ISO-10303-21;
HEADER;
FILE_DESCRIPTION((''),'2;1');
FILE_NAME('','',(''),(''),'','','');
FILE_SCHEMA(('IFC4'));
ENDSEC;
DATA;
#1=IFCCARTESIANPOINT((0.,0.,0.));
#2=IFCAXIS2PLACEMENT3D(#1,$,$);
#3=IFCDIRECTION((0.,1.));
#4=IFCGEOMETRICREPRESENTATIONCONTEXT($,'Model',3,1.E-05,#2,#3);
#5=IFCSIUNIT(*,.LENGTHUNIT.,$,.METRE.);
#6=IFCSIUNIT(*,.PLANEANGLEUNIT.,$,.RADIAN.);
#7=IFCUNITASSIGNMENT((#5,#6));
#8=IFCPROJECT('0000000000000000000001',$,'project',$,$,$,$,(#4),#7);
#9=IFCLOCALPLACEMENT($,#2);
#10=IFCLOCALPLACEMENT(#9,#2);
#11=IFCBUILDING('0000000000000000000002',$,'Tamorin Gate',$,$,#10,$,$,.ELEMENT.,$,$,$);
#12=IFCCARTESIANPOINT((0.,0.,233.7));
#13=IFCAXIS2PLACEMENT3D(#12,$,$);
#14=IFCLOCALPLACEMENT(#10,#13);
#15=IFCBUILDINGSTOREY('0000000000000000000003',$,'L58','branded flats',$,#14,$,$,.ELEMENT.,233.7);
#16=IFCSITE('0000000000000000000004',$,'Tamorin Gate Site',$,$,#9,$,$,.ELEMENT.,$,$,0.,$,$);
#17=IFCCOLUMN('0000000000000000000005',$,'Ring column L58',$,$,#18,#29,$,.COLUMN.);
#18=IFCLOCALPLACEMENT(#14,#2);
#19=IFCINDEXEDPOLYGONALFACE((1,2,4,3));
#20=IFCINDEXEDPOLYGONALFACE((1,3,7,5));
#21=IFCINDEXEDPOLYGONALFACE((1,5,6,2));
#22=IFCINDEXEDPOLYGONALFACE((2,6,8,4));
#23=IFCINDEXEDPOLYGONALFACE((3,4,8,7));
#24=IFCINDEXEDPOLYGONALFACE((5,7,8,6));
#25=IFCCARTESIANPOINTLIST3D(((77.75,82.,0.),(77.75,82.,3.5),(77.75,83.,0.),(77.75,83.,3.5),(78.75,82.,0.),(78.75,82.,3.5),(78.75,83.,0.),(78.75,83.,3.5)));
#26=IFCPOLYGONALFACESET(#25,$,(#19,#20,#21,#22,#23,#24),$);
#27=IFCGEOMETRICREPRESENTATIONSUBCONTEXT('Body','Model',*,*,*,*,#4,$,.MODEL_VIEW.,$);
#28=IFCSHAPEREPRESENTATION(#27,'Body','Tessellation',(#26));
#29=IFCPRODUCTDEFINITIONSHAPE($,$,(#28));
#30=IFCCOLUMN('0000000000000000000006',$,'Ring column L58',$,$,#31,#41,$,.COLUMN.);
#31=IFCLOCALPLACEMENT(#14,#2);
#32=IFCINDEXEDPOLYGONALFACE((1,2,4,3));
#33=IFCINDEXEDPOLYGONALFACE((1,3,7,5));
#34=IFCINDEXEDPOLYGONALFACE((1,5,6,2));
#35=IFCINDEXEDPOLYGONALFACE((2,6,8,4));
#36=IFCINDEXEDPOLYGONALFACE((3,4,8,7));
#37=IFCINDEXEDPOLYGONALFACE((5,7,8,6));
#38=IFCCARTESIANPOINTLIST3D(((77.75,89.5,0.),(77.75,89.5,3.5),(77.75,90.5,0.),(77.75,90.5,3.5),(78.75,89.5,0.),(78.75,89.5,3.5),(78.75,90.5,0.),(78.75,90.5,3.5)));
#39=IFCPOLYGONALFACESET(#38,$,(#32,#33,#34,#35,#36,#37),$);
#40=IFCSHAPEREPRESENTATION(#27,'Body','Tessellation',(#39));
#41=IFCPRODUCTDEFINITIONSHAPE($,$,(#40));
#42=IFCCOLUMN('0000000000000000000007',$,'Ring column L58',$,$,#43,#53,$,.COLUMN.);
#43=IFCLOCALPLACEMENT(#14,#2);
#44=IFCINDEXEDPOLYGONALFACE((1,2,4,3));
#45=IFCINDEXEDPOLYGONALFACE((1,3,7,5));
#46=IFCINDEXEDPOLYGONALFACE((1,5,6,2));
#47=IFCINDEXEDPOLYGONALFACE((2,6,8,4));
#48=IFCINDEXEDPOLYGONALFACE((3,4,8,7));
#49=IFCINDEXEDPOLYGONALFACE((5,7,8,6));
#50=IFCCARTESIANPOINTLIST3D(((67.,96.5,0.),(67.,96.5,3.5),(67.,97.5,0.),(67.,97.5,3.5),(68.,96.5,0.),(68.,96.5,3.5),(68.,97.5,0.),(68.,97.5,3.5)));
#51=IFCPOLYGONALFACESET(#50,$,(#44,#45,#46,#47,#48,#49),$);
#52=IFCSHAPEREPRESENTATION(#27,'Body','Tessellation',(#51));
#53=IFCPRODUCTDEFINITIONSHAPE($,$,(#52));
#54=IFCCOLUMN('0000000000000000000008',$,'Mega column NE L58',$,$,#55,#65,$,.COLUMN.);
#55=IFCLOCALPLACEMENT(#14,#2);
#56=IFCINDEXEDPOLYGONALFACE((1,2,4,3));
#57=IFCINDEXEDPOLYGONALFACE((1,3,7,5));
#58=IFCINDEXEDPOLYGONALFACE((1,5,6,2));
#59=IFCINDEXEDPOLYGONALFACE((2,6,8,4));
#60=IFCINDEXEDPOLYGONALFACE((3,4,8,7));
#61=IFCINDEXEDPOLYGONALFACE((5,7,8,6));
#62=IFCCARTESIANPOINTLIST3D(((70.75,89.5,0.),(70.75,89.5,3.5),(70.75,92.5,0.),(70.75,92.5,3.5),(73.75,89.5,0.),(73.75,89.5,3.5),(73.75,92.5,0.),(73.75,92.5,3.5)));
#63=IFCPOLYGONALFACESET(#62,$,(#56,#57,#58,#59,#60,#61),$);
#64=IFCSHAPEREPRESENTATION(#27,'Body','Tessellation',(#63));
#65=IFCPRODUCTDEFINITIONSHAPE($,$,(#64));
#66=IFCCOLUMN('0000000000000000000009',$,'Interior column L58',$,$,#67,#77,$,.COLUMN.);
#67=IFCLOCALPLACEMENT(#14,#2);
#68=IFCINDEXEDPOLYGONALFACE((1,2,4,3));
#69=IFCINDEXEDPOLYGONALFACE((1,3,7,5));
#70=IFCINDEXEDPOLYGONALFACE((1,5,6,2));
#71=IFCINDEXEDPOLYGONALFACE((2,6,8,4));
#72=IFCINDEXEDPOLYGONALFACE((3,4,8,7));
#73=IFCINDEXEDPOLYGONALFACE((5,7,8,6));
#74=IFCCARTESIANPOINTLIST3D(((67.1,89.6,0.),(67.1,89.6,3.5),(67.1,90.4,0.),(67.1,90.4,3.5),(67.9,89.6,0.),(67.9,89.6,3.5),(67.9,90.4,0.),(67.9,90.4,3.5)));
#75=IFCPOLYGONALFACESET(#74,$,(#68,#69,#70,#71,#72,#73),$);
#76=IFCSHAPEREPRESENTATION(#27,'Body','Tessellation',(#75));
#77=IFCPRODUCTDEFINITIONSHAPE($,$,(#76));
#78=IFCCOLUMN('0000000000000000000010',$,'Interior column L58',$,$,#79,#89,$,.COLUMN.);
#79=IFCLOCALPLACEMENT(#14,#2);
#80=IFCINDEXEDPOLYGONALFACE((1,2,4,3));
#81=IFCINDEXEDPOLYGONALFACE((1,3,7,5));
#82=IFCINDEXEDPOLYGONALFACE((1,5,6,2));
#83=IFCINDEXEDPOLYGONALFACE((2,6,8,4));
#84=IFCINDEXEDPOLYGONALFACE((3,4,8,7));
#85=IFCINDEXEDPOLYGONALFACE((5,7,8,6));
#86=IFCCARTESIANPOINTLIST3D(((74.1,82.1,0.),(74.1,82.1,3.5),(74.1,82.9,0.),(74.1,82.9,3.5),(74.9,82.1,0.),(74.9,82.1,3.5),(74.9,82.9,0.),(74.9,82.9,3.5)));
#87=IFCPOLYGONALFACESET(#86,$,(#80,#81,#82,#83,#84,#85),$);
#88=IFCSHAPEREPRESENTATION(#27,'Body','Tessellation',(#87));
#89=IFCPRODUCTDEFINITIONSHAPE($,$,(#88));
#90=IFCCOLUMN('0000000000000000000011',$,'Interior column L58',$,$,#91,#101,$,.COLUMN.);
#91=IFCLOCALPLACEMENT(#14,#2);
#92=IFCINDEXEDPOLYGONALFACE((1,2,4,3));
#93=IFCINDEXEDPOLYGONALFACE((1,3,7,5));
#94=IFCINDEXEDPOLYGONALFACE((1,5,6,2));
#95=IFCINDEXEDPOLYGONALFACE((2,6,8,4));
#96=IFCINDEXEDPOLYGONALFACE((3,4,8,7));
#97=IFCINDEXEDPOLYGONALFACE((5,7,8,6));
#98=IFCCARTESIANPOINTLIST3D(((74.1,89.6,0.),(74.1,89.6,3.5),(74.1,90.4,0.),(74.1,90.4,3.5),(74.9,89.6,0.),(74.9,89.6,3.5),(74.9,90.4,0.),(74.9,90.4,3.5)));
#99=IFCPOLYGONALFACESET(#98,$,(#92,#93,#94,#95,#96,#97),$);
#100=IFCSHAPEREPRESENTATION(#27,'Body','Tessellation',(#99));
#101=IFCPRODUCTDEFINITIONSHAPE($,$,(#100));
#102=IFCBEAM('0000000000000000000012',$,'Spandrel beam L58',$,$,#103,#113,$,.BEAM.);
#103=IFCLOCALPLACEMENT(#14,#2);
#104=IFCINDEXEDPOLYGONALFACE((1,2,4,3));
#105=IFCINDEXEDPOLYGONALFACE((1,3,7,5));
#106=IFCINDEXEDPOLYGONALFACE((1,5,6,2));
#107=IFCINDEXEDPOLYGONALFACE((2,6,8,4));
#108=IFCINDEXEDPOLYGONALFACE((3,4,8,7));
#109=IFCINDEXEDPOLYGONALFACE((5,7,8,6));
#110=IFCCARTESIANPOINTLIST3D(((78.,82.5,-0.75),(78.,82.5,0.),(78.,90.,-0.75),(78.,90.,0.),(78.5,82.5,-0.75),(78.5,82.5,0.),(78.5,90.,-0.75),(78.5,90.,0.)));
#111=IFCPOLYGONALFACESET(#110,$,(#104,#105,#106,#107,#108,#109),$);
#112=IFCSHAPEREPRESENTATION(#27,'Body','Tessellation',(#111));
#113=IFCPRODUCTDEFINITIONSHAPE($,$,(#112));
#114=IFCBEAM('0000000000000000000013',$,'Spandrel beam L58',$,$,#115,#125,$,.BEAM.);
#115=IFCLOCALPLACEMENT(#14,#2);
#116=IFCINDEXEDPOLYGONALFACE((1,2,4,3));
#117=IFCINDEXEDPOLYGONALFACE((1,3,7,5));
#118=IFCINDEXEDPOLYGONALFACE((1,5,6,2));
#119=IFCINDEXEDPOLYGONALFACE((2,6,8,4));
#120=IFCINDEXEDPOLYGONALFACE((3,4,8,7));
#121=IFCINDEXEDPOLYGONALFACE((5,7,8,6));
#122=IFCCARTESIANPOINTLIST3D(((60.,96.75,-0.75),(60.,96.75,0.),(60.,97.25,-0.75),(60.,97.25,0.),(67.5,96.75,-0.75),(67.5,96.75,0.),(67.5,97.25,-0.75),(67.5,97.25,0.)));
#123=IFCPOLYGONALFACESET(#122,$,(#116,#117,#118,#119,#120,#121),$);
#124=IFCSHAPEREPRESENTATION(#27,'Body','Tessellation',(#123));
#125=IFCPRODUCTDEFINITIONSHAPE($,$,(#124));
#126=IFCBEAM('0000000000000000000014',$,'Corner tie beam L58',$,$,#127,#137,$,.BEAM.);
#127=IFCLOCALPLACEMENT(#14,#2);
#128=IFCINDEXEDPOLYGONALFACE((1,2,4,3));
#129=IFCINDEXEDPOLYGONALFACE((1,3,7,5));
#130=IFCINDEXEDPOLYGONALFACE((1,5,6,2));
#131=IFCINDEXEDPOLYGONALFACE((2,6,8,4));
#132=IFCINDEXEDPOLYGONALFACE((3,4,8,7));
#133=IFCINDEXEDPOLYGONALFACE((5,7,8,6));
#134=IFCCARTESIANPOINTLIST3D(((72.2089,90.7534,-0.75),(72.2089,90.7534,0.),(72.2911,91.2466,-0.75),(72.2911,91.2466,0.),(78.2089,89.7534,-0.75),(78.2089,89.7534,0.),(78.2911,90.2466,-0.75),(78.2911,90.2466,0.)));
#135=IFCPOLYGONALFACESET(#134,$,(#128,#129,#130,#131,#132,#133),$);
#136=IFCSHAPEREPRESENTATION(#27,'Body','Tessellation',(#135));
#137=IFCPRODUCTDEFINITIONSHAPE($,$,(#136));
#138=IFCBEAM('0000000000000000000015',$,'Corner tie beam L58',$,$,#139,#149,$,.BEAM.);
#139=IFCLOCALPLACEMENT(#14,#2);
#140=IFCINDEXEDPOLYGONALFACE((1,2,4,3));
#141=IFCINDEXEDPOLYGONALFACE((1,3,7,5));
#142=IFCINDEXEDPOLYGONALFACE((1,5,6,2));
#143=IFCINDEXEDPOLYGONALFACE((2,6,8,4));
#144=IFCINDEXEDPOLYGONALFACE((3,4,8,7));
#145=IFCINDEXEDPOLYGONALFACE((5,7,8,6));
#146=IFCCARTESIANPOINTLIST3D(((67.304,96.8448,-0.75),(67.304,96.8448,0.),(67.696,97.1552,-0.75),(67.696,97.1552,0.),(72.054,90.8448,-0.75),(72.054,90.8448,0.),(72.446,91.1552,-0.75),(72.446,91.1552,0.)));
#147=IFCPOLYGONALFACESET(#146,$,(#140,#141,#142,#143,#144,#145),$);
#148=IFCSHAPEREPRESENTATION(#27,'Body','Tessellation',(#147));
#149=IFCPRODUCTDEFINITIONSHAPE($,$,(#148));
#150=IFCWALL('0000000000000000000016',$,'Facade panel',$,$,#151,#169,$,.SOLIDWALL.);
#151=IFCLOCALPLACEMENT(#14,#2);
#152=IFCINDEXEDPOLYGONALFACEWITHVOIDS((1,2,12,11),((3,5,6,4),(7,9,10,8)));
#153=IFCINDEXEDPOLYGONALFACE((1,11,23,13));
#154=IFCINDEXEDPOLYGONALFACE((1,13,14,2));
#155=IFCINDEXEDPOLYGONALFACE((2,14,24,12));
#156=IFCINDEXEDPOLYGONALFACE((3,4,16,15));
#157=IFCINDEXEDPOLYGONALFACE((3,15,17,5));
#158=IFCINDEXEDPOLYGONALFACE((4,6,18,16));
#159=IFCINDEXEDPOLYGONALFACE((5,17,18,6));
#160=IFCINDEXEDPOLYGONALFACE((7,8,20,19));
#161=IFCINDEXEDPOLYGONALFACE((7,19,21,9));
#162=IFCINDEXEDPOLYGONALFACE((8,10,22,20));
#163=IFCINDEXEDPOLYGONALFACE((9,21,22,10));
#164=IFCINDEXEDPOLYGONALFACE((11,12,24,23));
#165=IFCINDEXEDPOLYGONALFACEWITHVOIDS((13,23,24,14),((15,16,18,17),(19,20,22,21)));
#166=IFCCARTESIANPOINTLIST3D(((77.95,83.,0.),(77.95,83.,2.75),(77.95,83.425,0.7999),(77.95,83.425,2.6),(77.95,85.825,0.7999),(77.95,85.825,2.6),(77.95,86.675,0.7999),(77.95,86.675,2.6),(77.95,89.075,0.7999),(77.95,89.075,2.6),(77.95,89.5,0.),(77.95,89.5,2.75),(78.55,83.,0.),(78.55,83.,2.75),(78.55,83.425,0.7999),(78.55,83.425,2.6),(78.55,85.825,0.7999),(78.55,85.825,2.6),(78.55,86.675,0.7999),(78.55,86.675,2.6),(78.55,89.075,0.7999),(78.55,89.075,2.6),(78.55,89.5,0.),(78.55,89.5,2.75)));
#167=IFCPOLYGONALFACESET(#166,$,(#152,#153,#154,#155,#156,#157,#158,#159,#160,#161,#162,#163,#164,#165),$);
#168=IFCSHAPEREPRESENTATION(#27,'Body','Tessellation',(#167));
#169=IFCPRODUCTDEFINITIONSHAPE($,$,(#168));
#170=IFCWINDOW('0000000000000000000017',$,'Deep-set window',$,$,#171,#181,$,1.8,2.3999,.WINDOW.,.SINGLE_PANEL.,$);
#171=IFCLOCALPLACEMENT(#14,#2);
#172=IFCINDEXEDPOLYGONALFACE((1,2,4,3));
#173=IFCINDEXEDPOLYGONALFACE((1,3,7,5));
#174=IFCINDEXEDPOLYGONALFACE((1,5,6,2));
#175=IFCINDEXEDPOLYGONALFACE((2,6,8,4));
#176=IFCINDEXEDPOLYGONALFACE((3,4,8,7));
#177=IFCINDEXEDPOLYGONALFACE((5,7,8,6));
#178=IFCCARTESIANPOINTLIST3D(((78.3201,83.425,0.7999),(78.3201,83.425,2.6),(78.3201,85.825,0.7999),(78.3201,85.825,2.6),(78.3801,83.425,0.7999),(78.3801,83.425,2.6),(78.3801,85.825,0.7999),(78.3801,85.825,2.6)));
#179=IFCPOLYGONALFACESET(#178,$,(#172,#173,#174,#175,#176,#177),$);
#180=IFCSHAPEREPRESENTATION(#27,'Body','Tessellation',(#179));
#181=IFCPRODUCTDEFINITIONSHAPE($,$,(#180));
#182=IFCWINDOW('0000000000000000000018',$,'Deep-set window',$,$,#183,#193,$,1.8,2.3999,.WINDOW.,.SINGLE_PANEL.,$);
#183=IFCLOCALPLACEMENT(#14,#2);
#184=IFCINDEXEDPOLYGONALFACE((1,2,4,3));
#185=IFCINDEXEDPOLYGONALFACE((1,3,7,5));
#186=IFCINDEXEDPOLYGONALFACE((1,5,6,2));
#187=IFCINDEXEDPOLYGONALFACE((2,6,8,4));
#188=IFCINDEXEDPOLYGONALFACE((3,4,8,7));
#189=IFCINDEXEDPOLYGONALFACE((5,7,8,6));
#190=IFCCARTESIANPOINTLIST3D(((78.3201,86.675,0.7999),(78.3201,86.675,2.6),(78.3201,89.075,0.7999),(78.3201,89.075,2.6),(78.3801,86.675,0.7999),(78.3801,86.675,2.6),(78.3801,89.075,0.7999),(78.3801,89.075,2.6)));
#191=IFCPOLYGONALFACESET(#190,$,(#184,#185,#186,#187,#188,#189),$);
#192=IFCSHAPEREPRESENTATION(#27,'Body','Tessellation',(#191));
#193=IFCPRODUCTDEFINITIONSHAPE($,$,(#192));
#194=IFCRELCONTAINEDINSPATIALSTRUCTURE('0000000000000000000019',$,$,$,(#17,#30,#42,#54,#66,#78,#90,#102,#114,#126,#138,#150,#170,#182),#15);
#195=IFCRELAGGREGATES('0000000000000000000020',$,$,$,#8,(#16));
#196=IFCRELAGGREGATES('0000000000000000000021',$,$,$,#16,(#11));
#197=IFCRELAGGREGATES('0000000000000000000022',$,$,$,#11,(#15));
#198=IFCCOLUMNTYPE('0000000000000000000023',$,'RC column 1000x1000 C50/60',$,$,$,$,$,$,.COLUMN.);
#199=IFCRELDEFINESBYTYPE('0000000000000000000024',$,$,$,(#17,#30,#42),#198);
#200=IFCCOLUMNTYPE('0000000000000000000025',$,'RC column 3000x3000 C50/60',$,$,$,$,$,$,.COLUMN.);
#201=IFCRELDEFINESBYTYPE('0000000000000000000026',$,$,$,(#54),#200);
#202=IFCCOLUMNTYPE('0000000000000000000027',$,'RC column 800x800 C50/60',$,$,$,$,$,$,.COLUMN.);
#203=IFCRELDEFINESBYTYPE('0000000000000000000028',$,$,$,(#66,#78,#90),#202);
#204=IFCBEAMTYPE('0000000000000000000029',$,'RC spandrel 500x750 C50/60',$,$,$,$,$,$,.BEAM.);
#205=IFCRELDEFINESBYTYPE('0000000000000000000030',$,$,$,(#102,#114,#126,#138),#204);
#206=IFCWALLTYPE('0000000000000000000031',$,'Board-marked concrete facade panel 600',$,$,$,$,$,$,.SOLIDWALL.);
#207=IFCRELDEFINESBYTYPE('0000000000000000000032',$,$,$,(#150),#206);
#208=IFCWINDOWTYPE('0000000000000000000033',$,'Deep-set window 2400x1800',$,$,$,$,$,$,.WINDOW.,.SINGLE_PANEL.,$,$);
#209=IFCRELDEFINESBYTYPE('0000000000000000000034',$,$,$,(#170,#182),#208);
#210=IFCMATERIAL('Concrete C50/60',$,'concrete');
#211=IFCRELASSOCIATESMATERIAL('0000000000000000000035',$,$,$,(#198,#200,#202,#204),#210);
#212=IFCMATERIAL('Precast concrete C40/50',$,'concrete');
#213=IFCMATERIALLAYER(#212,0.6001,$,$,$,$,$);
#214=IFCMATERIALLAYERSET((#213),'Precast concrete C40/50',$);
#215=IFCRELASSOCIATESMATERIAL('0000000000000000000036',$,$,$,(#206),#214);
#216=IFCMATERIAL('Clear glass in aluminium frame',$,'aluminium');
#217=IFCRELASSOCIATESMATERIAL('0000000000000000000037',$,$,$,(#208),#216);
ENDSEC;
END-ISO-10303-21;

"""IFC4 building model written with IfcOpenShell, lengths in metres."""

from ifc_helpers import new_model, si_unit, direction, frame, frame_2d, origin, origin_2d, place, context, subcontext, project, spatial, rectangle, extrude, material, layer, layer_set, material_profile, profile_set, type_object, element, fill, save


model = new_model("IFC4")

# Units and contexts
model_context = context("Model", 3, precision=1e-05, world=origin(), true_north=direction((0.0, 1.0)))
body_context = subcontext(model_context, "Body", "Model", "MODEL_VIEW")
ifc_project = project(units=[si_unit("LENGTHUNIT", "METRE"), si_unit("PLANEANGLEUNIT", "RADIAN")], contexts=[model_context])

# Site, building, storey
site_placement = place(None, origin())
site = spatial("IfcSite", under=ifc_project, at=site_placement, Name="Tamorin Gate Site", CompositionType="ELEMENT", RefElevation=0.0)
building_placement = place(site_placement, origin())
building = spatial("IfcBuilding", under=site, at=building_placement, Name="Tamorin Gate", CompositionType="ELEMENT")
storey_placement = place(building_placement, frame((0.0, 0.0, 233.7)))
storey = spatial("IfcBuildingStorey", under=building, at=storey_placement, Name="L58", Description="branded flats", CompositionType="ELEMENT", Elevation=233.7)

# Columns
ifc_material_1 = material(Name="Concrete C50/60", Category="concrete")
ifc_material_profile_1 = material_profile(ifc_material_1, rectangle(XDim=1.0, YDim=1.0, at=origin_2d()), Name="RC 1000x1000")
ifc_profile_set_1 = profile_set([ifc_material_profile_1], Name="Concrete C50/60")
column_type_1 = type_object("IfcColumnType", Name="RC column 1000x1000 C50/60", PredefinedType="COLUMN", material=ifc_profile_set_1)
for number, where, z_axis, x_axis, name in (
    (1, (78.25, 82.5, 0.0), (0.0, 0.0, 1.0), (1.0, 0.0, 0.0), "Ring column L58"),
    (2, (78.25, 90.0, 0.0), (0.0, 0.0, 1.0), (1.0, 0.0, 0.0), "Ring column L58"),
    (3, (67.5, 97.0, 0.0), (0.0, 0.0, 1.0), (1.0, 0.0, 0.0), "Ring column L58"),
):
    element("IfcColumn", number, at=place(storey_placement, frame(where, z_axis=z_axis, x_axis=x_axis)), inside=storey, type_object=column_type_1, Name=name, PredefinedType="COLUMN", context=body_context, shape_type="SweptSolid", body=[
        extrude(rectangle(XDim=1.0, YDim=1.0, at=origin_2d()), origin(), (0.0, 0.0, 1.0), 3.5),
    ])
ifc_material_profile_2 = material_profile(ifc_material_1, rectangle(XDim=3.0, YDim=3.0, at=origin_2d()), Name="RC 3000x3000")
ifc_profile_set_2 = profile_set([ifc_material_profile_2], Name="Concrete C50/60")
column_type_2 = type_object("IfcColumnType", Name="RC column 3000x3000 C50/60", PredefinedType="COLUMN", material=ifc_profile_set_2)
column_placement = place(storey_placement, frame((72.25, 91.0, 0.0), z_axis=(0.0, 0.0, 1.0), x_axis=(1.0, 0.0, 0.0)))
element("IfcColumn", 4, at=column_placement, inside=storey, type_object=column_type_2, Name="Mega column NE L58", PredefinedType="COLUMN", context=body_context, shape_type="SweptSolid", body=[
    extrude(rectangle(XDim=3.0, YDim=3.0, at=origin_2d()), origin(), (0.0, 0.0, 1.0), 3.5),
])
ifc_material_profile_3 = material_profile(ifc_material_1, rectangle(XDim=0.8, YDim=0.8, at=origin_2d()), Name="RC 800x800")
ifc_profile_set_3 = profile_set([ifc_material_profile_3], Name="Concrete C50/60")
column_type_3 = type_object("IfcColumnType", Name="RC column 800x800 C50/60", PredefinedType="COLUMN", material=ifc_profile_set_3)
for number, where, z_axis, x_axis, name in (
    (5, (67.5, 90.0, 0.0), (0.0, 0.0, 1.0), (1.0, 0.0, 0.0), "Interior column L58"),
    (6, (74.5, 82.5, 0.0), (0.0, 0.0, 1.0), (1.0, 0.0, 0.0), "Interior column L58"),
    (7, (74.5, 90.0, 0.0), (0.0, 0.0, 1.0), (1.0, 0.0, 0.0), "Interior column L58"),
):
    element("IfcColumn", number, at=place(storey_placement, frame(where, z_axis=z_axis, x_axis=x_axis)), inside=storey, type_object=column_type_3, Name=name, PredefinedType="COLUMN", context=body_context, shape_type="SweptSolid", body=[
        extrude(rectangle(XDim=0.8, YDim=0.8, at=origin_2d()), origin(), (0.0, 0.0, 1.0), 3.5),
    ])

# Beams
ifc_material_profile_4 = material_profile(ifc_material_1, rectangle(XDim=0.5, YDim=0.75, at=origin_2d()), Name="RC 500x750")
ifc_profile_set_4 = profile_set([ifc_material_profile_4], Name="Concrete C50/60")
beam_type = type_object("IfcBeamType", Name="RC spandrel 500x750 C50/60", PredefinedType="BEAM", material=ifc_profile_set_4)
for number, where, z_axis, x_axis, name in (
    (8, (78.25, 82.5, -0.375), (0.0, 1.0, 0.0), (-1.0, 0.0, 0.0), "Spandrel beam L58"),
    (9, (67.5, 97.0, -0.375), (-1.0, 0.0, 0.0), (0.0, -1.0, 0.0), "Spandrel beam L58"),
):
    element("IfcBeam", number, at=place(storey_placement, frame(where, z_axis=z_axis, x_axis=x_axis)), inside=storey, type_object=beam_type, Name=name, PredefinedType="BEAM", context=body_context, shape_type="SweptSolid", body=[
        extrude(rectangle(XDim=0.5, YDim=0.75, at=origin_2d()), origin(), (0.0, 0.0, 1.0), 7.5),
    ])
beam_1_placement = place(storey_placement, frame((72.25, 91.0, -0.375), z_axis=(0.986394, -0.164399, 0.0), x_axis=(0.164399, 0.986394, 0.0)))
element("IfcBeam", 10, at=beam_1_placement, inside=storey, type_object=beam_type, Name="Corner tie beam L58", PredefinedType="BEAM", context=body_context, shape_type="SweptSolid", body=[
    extrude(rectangle(XDim=0.5, YDim=0.75, at=origin_2d()), origin(), (0.0, 0.0, 1.0), 6.0828),
])
beam_2_placement = place(storey_placement, frame((72.25, 91.0, -0.375), z_axis=(-0.620703, 0.784046, 0.0), x_axis=(-0.784046, -0.620703, 0.0)))
element("IfcBeam", 11, at=beam_2_placement, inside=storey, type_object=beam_type, Name="Corner tie beam L58", PredefinedType="BEAM", context=body_context, shape_type="SweptSolid", body=[
    extrude(rectangle(XDim=0.5, YDim=0.75, at=origin_2d()), origin(), (0.0, 0.0, 1.0), 7.6526),
])

# Wall, openings, windows
ifc_material_2 = material(Name="Precast concrete C40/50", Category="concrete")
ifc_layer = layer(ifc_material_2, 0.6001)
ifc_layer_set = layer_set([ifc_layer], Name="Precast concrete C40/50")
wall_type = type_object("IfcWallType", Name="Board-marked concrete facade panel 600", PredefinedType="SOLIDWALL", material=ifc_layer_set)
wall_1_placement = place(storey_placement, frame((78.25, 83.0, 0.0), z_axis=(0.0, 0.0, 1.0), x_axis=(0.0, 1.0, 0.0)))
wall_1 = element("IfcWall", 12, at=wall_1_placement, inside=storey, type_object=wall_type, Name="Facade panel", PredefinedType="SOLIDWALL", context=body_context, shape_type="SweptSolid", body=[
    extrude(rectangle(XDim=6.5, YDim=0.6001, at=frame_2d((3.25, 0.0))), origin(), (0.0, 0.0, 1.0), 2.75),
])
opening_1_placement = place(wall_1_placement, frame((0.425, 0.0, 0.8)))
opening_1 = element("IfcOpeningElement", 13, at=opening_1_placement, cuts=wall_1, PredefinedType="OPENING", context=body_context, shape_type="SweptSolid", body=[
    extrude(rectangle(XDim=2.3999, YDim=1.8, at=frame_2d((1.2, 0.8999))), frame((0.0, 0.3101, 0.0), z_axis=(0.0, -1.0, 0.0), x_axis=(1.0, 0.0, 0.0)), (0.0, 0.0, 1.0), 0.6201),
])
opening_2_placement = place(wall_1_placement, frame((3.675, 0.0, 0.8)))
opening_2 = element("IfcOpeningElement", 14, at=opening_2_placement, cuts=wall_1, PredefinedType="OPENING", context=body_context, shape_type="SweptSolid", body=[
    extrude(rectangle(XDim=2.3999, YDim=1.8, at=frame_2d((1.2, 0.8999))), frame((0.0, 0.3101, 0.0), z_axis=(0.0, -1.0, 0.0), x_axis=(1.0, 0.0, 0.0)), (0.0, 0.0, 1.0), 0.6201),
])
ifc_material_3 = material(Name="Clear glass in aluminium frame", Category="aluminium")
window_type = type_object("IfcWindowType", Name="Deep-set window 2400x1800", PartitioningType="SINGLE_PANEL", PredefinedType="WINDOW", material=ifc_material_3)
window_1_placement = place(opening_1_placement, origin())
window_1 = element("IfcWindow", 15, at=window_1_placement, inside=storey, type_object=window_type, Name="Deep-set window", OverallHeight=1.8, OverallWidth=2.3999, PartitioningType="SINGLE_PANEL", PredefinedType="WINDOW", context=body_context, shape_type="SweptSolid", body=[
    extrude(rectangle(XDim=2.3999, YDim=1.8, at=frame_2d((1.2, 0.8999))), frame((0.0, -0.0701, 0.0), z_axis=(0.0, -1.0, 0.0), x_axis=(1.0, 0.0, 0.0)), (0.0, 0.0, 1.0), 0.0601),
])
fill(opening_1, window_1)
window_2_placement = place(opening_2_placement, origin())
window_2 = element("IfcWindow", 16, at=window_2_placement, inside=storey, type_object=window_type, Name="Deep-set window", OverallHeight=1.8, OverallWidth=2.3999, PartitioningType="SINGLE_PANEL", PredefinedType="WINDOW", context=body_context, shape_type="SweptSolid", body=[
    extrude(rectangle(XDim=2.3999, YDim=1.8, at=frame_2d((1.2, 0.8999))), frame((0.0, -0.0701, 0.0), z_axis=(0.0, -1.0, 0.0), x_axis=(1.0, 0.0, 0.0)), (0.0, 0.0, 1.0), 0.0601),
])
fill(opening_2, window_2)

save(model, "model.ifc")
